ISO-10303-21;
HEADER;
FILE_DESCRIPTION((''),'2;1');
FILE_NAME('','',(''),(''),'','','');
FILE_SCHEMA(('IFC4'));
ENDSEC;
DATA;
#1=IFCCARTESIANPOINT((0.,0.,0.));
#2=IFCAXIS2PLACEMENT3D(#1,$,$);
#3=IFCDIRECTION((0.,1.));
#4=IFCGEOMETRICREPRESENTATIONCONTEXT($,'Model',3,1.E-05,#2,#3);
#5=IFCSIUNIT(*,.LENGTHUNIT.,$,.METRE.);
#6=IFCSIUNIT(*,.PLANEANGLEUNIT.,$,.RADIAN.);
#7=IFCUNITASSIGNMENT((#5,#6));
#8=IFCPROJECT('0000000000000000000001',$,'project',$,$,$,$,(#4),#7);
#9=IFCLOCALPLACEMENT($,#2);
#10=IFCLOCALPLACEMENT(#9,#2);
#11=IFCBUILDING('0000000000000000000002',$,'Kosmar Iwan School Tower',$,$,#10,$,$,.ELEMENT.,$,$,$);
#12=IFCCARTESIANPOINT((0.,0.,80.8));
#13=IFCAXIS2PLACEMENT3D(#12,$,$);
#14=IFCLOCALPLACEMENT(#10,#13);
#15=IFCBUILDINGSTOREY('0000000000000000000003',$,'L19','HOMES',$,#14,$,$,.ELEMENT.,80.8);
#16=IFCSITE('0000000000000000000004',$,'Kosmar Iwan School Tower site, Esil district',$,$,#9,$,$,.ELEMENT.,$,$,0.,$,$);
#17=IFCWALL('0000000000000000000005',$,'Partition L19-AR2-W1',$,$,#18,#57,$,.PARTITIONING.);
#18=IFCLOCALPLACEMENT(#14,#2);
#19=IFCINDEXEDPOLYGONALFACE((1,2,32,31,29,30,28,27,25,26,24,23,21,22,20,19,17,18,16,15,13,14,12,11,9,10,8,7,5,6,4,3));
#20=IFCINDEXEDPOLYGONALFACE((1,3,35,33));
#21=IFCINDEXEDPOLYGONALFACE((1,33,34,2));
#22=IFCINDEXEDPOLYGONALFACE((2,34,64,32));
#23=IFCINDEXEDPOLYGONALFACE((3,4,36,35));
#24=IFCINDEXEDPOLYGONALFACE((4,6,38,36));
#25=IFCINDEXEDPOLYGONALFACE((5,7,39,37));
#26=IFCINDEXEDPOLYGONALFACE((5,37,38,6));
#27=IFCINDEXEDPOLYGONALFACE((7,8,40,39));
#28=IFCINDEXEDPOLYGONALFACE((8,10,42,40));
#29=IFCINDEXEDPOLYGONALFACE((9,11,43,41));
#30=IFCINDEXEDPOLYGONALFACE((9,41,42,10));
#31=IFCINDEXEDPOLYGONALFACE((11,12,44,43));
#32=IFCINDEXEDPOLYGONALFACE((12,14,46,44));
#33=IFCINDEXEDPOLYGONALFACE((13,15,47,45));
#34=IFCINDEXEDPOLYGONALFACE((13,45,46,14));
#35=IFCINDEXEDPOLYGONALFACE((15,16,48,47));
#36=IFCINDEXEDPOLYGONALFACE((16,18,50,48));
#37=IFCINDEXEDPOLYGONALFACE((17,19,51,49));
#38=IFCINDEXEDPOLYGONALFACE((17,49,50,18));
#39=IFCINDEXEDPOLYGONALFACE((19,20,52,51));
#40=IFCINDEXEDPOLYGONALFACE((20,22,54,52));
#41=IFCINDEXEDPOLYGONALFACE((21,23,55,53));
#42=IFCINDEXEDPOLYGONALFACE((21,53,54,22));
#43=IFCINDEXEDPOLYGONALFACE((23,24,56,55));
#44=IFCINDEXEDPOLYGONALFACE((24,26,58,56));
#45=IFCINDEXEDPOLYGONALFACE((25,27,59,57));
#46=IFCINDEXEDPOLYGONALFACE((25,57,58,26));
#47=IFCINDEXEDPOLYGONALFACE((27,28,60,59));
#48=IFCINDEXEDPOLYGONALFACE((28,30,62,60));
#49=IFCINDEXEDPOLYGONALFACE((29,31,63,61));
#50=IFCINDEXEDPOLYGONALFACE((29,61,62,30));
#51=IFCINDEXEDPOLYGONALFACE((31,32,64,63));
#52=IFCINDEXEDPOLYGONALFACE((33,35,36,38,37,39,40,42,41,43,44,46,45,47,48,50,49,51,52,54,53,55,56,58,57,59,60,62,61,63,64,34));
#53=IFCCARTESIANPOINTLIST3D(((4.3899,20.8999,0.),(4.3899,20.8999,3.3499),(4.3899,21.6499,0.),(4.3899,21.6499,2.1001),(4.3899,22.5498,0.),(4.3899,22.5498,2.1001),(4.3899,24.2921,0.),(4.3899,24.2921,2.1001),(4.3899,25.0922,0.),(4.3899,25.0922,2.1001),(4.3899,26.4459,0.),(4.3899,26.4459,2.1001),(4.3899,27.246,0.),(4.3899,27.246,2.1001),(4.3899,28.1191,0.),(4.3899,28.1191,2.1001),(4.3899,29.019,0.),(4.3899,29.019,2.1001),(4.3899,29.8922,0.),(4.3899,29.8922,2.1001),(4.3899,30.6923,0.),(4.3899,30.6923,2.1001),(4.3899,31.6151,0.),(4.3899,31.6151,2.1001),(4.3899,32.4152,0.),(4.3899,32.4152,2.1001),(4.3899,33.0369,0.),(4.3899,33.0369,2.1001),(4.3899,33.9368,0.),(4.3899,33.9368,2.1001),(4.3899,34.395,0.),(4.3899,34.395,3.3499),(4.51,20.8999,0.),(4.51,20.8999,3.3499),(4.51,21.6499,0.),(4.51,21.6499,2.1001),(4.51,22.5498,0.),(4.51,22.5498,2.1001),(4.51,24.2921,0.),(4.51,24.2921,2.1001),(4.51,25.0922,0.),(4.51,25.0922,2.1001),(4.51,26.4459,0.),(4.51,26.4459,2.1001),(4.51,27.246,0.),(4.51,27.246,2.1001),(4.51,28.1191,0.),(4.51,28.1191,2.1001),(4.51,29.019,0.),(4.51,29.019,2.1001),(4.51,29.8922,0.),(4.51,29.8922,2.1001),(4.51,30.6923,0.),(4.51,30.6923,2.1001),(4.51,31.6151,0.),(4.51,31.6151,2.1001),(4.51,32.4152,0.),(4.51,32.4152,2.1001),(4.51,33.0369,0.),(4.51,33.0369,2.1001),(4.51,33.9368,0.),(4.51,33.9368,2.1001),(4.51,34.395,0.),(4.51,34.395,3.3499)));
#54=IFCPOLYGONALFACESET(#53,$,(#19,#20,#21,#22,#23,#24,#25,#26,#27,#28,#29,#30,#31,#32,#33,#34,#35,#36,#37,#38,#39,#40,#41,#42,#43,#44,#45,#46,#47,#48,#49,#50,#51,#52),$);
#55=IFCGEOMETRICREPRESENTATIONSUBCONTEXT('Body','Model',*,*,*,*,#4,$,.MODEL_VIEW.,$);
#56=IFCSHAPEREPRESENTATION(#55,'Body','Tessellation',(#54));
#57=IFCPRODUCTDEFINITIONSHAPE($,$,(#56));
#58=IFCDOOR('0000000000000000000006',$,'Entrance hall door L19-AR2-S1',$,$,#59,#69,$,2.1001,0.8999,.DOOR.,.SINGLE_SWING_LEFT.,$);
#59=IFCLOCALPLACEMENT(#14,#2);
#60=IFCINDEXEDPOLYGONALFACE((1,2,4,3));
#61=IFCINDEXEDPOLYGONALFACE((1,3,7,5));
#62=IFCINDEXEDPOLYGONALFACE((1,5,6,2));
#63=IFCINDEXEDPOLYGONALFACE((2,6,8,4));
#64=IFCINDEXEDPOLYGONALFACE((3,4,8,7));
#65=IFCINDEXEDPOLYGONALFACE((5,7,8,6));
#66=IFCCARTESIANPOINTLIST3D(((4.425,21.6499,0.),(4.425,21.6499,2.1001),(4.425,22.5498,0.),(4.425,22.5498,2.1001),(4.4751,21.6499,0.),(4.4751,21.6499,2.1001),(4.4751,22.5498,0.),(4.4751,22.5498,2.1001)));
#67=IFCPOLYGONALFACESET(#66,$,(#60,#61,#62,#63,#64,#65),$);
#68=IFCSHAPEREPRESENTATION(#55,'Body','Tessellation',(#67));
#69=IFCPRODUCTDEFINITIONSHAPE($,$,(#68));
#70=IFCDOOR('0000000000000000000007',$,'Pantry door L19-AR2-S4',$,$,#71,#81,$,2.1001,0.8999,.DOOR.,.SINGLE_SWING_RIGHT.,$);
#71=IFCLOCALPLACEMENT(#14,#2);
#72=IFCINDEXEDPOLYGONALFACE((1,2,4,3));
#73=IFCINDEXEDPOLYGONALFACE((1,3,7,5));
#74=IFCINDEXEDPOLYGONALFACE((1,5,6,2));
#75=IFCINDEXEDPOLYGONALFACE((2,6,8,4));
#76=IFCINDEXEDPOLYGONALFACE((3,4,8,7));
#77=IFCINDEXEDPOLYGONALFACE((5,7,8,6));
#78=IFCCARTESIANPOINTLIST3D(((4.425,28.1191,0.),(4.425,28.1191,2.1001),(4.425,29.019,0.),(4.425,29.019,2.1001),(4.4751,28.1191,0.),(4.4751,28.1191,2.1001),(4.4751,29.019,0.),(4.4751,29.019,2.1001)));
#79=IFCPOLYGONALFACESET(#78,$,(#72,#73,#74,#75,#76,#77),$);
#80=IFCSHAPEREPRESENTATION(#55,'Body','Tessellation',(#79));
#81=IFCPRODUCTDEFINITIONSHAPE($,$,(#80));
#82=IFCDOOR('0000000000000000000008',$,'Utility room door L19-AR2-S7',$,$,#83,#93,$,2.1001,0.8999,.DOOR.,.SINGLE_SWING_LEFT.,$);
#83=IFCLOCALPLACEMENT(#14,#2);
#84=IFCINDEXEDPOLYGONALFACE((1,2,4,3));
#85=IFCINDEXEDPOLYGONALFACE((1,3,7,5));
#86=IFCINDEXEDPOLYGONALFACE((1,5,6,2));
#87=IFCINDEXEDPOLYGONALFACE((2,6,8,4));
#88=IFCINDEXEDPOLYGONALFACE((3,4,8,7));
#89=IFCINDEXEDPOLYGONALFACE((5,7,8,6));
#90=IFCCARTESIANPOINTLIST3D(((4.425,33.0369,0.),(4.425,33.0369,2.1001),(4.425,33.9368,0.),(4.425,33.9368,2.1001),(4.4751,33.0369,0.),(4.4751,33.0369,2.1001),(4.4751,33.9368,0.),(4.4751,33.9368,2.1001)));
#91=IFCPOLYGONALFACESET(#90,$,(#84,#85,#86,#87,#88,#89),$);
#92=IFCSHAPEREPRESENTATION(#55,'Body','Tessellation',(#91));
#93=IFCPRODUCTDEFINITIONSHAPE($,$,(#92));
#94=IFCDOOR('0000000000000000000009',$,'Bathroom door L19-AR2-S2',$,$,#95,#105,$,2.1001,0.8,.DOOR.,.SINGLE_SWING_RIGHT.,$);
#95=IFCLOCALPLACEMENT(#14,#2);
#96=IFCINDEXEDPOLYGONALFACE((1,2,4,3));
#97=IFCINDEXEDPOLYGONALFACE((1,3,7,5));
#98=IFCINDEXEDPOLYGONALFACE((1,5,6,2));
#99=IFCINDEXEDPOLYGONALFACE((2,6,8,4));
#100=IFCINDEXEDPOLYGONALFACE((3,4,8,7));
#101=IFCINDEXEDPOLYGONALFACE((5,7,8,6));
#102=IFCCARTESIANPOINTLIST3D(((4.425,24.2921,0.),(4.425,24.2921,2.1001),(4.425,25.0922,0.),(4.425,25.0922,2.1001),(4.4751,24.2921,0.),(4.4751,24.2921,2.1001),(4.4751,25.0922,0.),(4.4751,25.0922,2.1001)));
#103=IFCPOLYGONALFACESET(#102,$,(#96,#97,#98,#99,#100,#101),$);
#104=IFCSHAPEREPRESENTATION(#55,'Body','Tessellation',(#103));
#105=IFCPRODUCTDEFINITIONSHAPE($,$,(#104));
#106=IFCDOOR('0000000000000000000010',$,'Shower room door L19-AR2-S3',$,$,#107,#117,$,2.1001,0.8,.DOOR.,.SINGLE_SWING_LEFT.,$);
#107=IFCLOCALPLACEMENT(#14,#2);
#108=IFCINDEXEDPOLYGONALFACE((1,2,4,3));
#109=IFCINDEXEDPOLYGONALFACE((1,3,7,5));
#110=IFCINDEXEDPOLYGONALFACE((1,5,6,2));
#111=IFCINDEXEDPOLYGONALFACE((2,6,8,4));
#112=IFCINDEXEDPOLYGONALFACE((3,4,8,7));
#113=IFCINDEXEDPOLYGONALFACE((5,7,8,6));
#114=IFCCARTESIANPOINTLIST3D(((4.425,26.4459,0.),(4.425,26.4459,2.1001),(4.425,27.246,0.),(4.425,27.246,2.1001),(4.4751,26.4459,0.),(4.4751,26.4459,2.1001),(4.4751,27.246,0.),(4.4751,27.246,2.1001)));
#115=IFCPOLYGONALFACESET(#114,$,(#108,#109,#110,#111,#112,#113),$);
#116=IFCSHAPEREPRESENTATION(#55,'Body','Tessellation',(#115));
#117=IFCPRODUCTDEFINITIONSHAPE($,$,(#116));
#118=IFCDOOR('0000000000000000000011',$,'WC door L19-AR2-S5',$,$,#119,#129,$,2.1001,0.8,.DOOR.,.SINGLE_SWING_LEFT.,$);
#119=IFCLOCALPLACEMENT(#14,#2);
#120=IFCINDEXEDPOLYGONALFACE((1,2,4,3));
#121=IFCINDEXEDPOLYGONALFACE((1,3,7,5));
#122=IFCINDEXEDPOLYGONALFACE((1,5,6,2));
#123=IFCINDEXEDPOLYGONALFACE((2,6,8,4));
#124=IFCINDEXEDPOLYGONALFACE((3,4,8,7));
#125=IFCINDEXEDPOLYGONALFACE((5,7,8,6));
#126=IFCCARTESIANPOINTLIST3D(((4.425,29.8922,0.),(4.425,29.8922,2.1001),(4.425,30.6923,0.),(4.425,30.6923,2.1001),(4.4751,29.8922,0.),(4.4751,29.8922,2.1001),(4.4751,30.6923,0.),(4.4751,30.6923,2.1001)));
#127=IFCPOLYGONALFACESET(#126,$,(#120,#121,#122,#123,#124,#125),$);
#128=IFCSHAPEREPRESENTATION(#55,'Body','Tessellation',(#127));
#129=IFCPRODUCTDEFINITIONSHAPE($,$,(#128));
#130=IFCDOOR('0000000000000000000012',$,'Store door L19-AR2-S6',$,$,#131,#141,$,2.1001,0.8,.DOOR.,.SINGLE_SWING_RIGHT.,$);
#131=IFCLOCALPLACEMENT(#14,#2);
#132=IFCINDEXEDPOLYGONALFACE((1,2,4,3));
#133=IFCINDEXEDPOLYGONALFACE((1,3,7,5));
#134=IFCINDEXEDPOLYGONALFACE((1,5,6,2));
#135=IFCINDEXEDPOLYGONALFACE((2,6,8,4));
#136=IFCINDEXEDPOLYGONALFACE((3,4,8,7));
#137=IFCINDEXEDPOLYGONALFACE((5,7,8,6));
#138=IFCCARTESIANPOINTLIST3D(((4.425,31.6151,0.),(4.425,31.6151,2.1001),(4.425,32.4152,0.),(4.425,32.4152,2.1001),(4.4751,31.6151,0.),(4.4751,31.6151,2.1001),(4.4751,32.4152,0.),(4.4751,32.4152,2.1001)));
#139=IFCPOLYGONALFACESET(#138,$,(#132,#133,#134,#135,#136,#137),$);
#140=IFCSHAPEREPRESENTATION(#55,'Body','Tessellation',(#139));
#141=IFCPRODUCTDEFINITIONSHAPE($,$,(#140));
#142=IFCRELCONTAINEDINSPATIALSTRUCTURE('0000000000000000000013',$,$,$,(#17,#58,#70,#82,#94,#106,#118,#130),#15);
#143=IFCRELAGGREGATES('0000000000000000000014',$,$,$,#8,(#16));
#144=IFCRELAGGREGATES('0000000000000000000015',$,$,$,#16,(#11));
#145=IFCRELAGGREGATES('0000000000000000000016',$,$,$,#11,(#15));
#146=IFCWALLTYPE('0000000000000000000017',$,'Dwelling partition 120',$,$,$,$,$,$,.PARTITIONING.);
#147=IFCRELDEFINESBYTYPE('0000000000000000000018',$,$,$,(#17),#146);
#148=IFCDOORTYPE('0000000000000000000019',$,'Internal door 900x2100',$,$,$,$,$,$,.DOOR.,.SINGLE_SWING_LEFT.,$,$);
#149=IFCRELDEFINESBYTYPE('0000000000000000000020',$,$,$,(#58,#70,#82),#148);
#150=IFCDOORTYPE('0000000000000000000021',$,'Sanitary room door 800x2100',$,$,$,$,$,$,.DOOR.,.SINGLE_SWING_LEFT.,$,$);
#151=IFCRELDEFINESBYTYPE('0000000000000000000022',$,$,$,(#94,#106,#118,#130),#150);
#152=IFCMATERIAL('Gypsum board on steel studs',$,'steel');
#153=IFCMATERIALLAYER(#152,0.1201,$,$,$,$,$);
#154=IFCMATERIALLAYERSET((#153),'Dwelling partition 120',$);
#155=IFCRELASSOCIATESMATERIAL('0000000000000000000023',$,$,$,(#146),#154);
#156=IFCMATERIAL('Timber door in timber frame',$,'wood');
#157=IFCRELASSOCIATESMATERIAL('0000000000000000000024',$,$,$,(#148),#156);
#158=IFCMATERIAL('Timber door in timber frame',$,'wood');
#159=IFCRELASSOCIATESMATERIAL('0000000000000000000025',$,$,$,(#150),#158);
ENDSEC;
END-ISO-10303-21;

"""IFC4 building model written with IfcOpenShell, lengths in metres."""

from ifc_helpers import new_model, si_unit, direction, frame, frame_2d, origin, place, context, subcontext, project, spatial, rectangle, extrude, material, layer, layer_set, type_object, element, fill, save


model = new_model("IFC4")

# Units and contexts
model_context = context("Model", 3, precision=1e-05, world=origin(), true_north=direction((0.0, 1.0)))
body_context = subcontext(model_context, "Body", "Model", "MODEL_VIEW")
ifc_project = project(units=[si_unit("LENGTHUNIT", "METRE"), si_unit("PLANEANGLEUNIT", "RADIAN")], contexts=[model_context])

# Site, building, storey
site_placement = place(None, origin())
site = spatial("IfcSite", under=ifc_project, at=site_placement, Name="Kosmar Iwan School Tower site, Esil district", CompositionType="ELEMENT", RefElevation=0.0)
building_placement = place(site_placement, origin())
building = spatial("IfcBuilding", under=site, at=building_placement, Name="Kosmar Iwan School Tower", CompositionType="ELEMENT")
storey_placement = place(building_placement, frame((0.0, 0.0, 80.8)))
storey = spatial("IfcBuildingStorey", under=building, at=storey_placement, Name="L19", Description="HOMES", CompositionType="ELEMENT", Elevation=80.8)

# Wall, openings, doors
ifc_material_1 = material(Name="Gypsum board on steel studs", Category="steel")
ifc_layer_1 = layer(ifc_material_1, 0.1201)
ifc_layer_set_1 = layer_set([ifc_layer_1], Name="Dwelling partition 120")
wall_type_1 = type_object("IfcWallType", Name="Dwelling partition 120", PredefinedType="PARTITIONING", material=ifc_layer_set_1)
wall_1_placement = place(storey_placement, frame((4.45, 20.8999, 0.0), z_axis=(0.0, 0.0, 1.0), x_axis=(0.0, 1.0, 0.0)))
wall_1 = element("IfcWall", 1, at=wall_1_placement, inside=storey, type_object=wall_type_1, Name="Partition L19-AR2-W1", PredefinedType="PARTITIONING", context=body_context, shape_type="SweptSolid", body=[
    extrude(rectangle(XDim=13.4951, YDim=0.1201, at=frame_2d((6.7476, 0.0))), origin(), (0.0, 0.0, 1.0), 3.3499),
])
opening_1_placement = place(wall_1_placement, frame((0.75, 0.0, 0.0)))
opening_1 = element("IfcOpeningElement", 2, at=opening_1_placement, cuts=wall_1, PredefinedType="OPENING", context=body_context, shape_type="SweptSolid", body=[
    extrude(rectangle(XDim=0.8999, YDim=2.1001, at=frame_2d((0.45, 1.05))), frame((0.0, 0.072, 0.0), z_axis=(0.0, -1.0, 0.0), x_axis=(1.0, 0.0, 0.0)), (0.0, 0.0, 1.0), 0.144),
])
opening_2_placement = place(wall_1_placement, frame((3.3923, 0.0, 0.0)))
opening_2 = element("IfcOpeningElement", 3, at=opening_2_placement, cuts=wall_1, PredefinedType="OPENING", context=body_context, shape_type="SweptSolid", body=[
    extrude(rectangle(XDim=0.8, YDim=2.1001, at=frame_2d((0.3999, 1.05))), frame((0.0, 0.072, 0.0), z_axis=(0.0, -1.0, 0.0), x_axis=(1.0, 0.0, 0.0)), (0.0, 0.0, 1.0), 0.144),
])
opening_3_placement = place(wall_1_placement, frame((5.5461, 0.0, 0.0)))
opening_3 = element("IfcOpeningElement", 4, at=opening_3_placement, cuts=wall_1, PredefinedType="OPENING", context=body_context, shape_type="SweptSolid", body=[
    extrude(rectangle(XDim=0.8, YDim=2.1001, at=frame_2d((0.3999, 1.05))), frame((0.0, 0.072, 0.0), z_axis=(0.0, -1.0, 0.0), x_axis=(1.0, 0.0, 0.0)), (0.0, 0.0, 1.0), 0.144),
])
opening_4_placement = place(wall_1_placement, frame((7.2192, 0.0, 0.0)))
opening_4 = element("IfcOpeningElement", 5, at=opening_4_placement, cuts=wall_1, PredefinedType="OPENING", context=body_context, shape_type="SweptSolid", body=[
    extrude(rectangle(XDim=0.8999, YDim=2.1001, at=frame_2d((0.45, 1.05))), frame((0.0, 0.072, 0.0), z_axis=(0.0, -1.0, 0.0), x_axis=(1.0, 0.0, 0.0)), (0.0, 0.0, 1.0), 0.144),
])
opening_5_placement = place(wall_1_placement, frame((8.9924, 0.0, 0.0)))
opening_5 = element("IfcOpeningElement", 6, at=opening_5_placement, cuts=wall_1, PredefinedType="OPENING", context=body_context, shape_type="SweptSolid", body=[
    extrude(rectangle(XDim=0.8, YDim=2.1001, at=frame_2d((0.3999, 1.05))), frame((0.0, 0.072, 0.0), z_axis=(0.0, -1.0, 0.0), x_axis=(1.0, 0.0, 0.0)), (0.0, 0.0, 1.0), 0.144),
])
opening_6_placement = place(wall_1_placement, frame((10.7153, 0.0, 0.0)))
opening_6 = element("IfcOpeningElement", 7, at=opening_6_placement, cuts=wall_1, PredefinedType="OPENING", context=body_context, shape_type="SweptSolid", body=[
    extrude(rectangle(XDim=0.8, YDim=2.1001, at=frame_2d((0.3999, 1.05))), frame((0.0, 0.072, 0.0), z_axis=(0.0, -1.0, 0.0), x_axis=(1.0, 0.0, 0.0)), (0.0, 0.0, 1.0), 0.144),
])
opening_7_placement = place(wall_1_placement, frame((12.137, 0.0, 0.0)))
opening_7 = element("IfcOpeningElement", 8, at=opening_7_placement, cuts=wall_1, PredefinedType="OPENING", context=body_context, shape_type="SweptSolid", body=[
    extrude(rectangle(XDim=0.8999, YDim=2.1001, at=frame_2d((0.45, 1.05))), frame((0.0, 0.072, 0.0), z_axis=(0.0, -1.0, 0.0), x_axis=(1.0, 0.0, 0.0)), (0.0, 0.0, 1.0), 0.144),
])
ifc_material_2 = material(Name="Timber door in timber frame", Category="wood")
door_type_1 = type_object("IfcDoorType", Name="Internal door 900x2100", OperationType="SINGLE_SWING_LEFT", PredefinedType="DOOR", material=ifc_material_2)
door_1_placement = place(opening_1_placement, origin())
door_1 = element("IfcDoor", 9, at=door_1_placement, inside=storey, type_object=door_type_1, Name="Entrance hall door L19-AR2-S1", OperationType="SINGLE_SWING_LEFT", OverallHeight=2.1001, OverallWidth=0.8999, PredefinedType="DOOR", context=body_context, shape_type="SweptSolid", body=[
    extrude(rectangle(XDim=0.8999, YDim=2.1001, at=frame_2d((0.45, 1.05))), frame((0.0, 0.0249, 0.0), z_axis=(0.0, -1.0, 0.0), x_axis=(1.0, 0.0, 0.0)), (0.0, 0.0, 1.0), 0.05),
])
fill(opening_1, door_1)
door_2_placement = place(opening_4_placement, origin())
door_2 = element("IfcDoor", 10, at=door_2_placement, inside=storey, type_object=door_type_1, Name="Pantry door L19-AR2-S4", OperationType="SINGLE_SWING_RIGHT", OverallHeight=2.1001, OverallWidth=0.8999, PredefinedType="DOOR", context=body_context, shape_type="SweptSolid", body=[
    extrude(rectangle(XDim=0.8999, YDim=2.1001, at=frame_2d((0.45, 1.05))), frame((0.0, 0.0249, 0.0), z_axis=(0.0, -1.0, 0.0), x_axis=(1.0, 0.0, 0.0)), (0.0, 0.0, 1.0), 0.05),
])
fill(opening_4, door_2)
door_3_placement = place(opening_7_placement, origin())
door_3 = element("IfcDoor", 11, at=door_3_placement, inside=storey, type_object=door_type_1, Name="Utility room door L19-AR2-S7", OperationType="SINGLE_SWING_LEFT", OverallHeight=2.1001, OverallWidth=0.8999, PredefinedType="DOOR", context=body_context, shape_type="SweptSolid", body=[
    extrude(rectangle(XDim=0.8999, YDim=2.1001, at=frame_2d((0.45, 1.05))), frame((0.0, 0.0249, 0.0), z_axis=(0.0, -1.0, 0.0), x_axis=(1.0, 0.0, 0.0)), (0.0, 0.0, 1.0), 0.05),
])
fill(opening_7, door_3)
ifc_material_3 = material(Name="Timber door in timber frame", Category="wood")
door_type_2 = type_object("IfcDoorType", Name="Sanitary room door 800x2100", OperationType="SINGLE_SWING_LEFT", PredefinedType="DOOR", material=ifc_material_3)
door_4_placement = place(opening_2_placement, origin())
door_4 = element("IfcDoor", 12, at=door_4_placement, inside=storey, type_object=door_type_2, Name="Bathroom door L19-AR2-S2", OperationType="SINGLE_SWING_RIGHT", OverallHeight=2.1001, OverallWidth=0.8, PredefinedType="DOOR", context=body_context, shape_type="SweptSolid", body=[
    extrude(rectangle(XDim=0.8, YDim=2.1001, at=frame_2d((0.3999, 1.05))), frame((0.0, 0.0249, 0.0), z_axis=(0.0, -1.0, 0.0), x_axis=(1.0, 0.0, 0.0)), (0.0, 0.0, 1.0), 0.05),
])
fill(opening_2, door_4)
door_5_placement = place(opening_3_placement, origin())
door_5 = element("IfcDoor", 13, at=door_5_placement, inside=storey, type_object=door_type_2, Name="Shower room door L19-AR2-S3", OperationType="SINGLE_SWING_LEFT", OverallHeight=2.1001, OverallWidth=0.8, PredefinedType="DOOR", context=body_context, shape_type="SweptSolid", body=[
    extrude(rectangle(XDim=0.8, YDim=2.1001, at=frame_2d((0.3999, 1.05))), frame((0.0, 0.0249, 0.0), z_axis=(0.0, -1.0, 0.0), x_axis=(1.0, 0.0, 0.0)), (0.0, 0.0, 1.0), 0.05),
])
fill(opening_3, door_5)
door_6_placement = place(opening_5_placement, origin())
door_6 = element("IfcDoor", 14, at=door_6_placement, inside=storey, type_object=door_type_2, Name="WC door L19-AR2-S5", OperationType="SINGLE_SWING_LEFT", OverallHeight=2.1001, OverallWidth=0.8, PredefinedType="DOOR", context=body_context, shape_type="SweptSolid", body=[
    extrude(rectangle(XDim=0.8, YDim=2.1001, at=frame_2d((0.3999, 1.05))), frame((0.0, 0.0249, 0.0), z_axis=(0.0, -1.0, 0.0), x_axis=(1.0, 0.0, 0.0)), (0.0, 0.0, 1.0), 0.05),
])
fill(opening_5, door_6)
door_7_placement = place(opening_6_placement, origin())
door_7 = element("IfcDoor", 15, at=door_7_placement, inside=storey, type_object=door_type_2, Name="Store door L19-AR2-S6", OperationType="SINGLE_SWING_RIGHT", OverallHeight=2.1001, OverallWidth=0.8, PredefinedType="DOOR", context=body_context, shape_type="SweptSolid", body=[
    extrude(rectangle(XDim=0.8, YDim=2.1001, at=frame_2d((0.3999, 1.05))), frame((0.0, 0.0249, 0.0), z_axis=(0.0, -1.0, 0.0), x_axis=(1.0, 0.0, 0.0)), (0.0, 0.0, 1.0), 0.05),
])
fill(opening_6, door_7)

save(model, "model.ifc")
